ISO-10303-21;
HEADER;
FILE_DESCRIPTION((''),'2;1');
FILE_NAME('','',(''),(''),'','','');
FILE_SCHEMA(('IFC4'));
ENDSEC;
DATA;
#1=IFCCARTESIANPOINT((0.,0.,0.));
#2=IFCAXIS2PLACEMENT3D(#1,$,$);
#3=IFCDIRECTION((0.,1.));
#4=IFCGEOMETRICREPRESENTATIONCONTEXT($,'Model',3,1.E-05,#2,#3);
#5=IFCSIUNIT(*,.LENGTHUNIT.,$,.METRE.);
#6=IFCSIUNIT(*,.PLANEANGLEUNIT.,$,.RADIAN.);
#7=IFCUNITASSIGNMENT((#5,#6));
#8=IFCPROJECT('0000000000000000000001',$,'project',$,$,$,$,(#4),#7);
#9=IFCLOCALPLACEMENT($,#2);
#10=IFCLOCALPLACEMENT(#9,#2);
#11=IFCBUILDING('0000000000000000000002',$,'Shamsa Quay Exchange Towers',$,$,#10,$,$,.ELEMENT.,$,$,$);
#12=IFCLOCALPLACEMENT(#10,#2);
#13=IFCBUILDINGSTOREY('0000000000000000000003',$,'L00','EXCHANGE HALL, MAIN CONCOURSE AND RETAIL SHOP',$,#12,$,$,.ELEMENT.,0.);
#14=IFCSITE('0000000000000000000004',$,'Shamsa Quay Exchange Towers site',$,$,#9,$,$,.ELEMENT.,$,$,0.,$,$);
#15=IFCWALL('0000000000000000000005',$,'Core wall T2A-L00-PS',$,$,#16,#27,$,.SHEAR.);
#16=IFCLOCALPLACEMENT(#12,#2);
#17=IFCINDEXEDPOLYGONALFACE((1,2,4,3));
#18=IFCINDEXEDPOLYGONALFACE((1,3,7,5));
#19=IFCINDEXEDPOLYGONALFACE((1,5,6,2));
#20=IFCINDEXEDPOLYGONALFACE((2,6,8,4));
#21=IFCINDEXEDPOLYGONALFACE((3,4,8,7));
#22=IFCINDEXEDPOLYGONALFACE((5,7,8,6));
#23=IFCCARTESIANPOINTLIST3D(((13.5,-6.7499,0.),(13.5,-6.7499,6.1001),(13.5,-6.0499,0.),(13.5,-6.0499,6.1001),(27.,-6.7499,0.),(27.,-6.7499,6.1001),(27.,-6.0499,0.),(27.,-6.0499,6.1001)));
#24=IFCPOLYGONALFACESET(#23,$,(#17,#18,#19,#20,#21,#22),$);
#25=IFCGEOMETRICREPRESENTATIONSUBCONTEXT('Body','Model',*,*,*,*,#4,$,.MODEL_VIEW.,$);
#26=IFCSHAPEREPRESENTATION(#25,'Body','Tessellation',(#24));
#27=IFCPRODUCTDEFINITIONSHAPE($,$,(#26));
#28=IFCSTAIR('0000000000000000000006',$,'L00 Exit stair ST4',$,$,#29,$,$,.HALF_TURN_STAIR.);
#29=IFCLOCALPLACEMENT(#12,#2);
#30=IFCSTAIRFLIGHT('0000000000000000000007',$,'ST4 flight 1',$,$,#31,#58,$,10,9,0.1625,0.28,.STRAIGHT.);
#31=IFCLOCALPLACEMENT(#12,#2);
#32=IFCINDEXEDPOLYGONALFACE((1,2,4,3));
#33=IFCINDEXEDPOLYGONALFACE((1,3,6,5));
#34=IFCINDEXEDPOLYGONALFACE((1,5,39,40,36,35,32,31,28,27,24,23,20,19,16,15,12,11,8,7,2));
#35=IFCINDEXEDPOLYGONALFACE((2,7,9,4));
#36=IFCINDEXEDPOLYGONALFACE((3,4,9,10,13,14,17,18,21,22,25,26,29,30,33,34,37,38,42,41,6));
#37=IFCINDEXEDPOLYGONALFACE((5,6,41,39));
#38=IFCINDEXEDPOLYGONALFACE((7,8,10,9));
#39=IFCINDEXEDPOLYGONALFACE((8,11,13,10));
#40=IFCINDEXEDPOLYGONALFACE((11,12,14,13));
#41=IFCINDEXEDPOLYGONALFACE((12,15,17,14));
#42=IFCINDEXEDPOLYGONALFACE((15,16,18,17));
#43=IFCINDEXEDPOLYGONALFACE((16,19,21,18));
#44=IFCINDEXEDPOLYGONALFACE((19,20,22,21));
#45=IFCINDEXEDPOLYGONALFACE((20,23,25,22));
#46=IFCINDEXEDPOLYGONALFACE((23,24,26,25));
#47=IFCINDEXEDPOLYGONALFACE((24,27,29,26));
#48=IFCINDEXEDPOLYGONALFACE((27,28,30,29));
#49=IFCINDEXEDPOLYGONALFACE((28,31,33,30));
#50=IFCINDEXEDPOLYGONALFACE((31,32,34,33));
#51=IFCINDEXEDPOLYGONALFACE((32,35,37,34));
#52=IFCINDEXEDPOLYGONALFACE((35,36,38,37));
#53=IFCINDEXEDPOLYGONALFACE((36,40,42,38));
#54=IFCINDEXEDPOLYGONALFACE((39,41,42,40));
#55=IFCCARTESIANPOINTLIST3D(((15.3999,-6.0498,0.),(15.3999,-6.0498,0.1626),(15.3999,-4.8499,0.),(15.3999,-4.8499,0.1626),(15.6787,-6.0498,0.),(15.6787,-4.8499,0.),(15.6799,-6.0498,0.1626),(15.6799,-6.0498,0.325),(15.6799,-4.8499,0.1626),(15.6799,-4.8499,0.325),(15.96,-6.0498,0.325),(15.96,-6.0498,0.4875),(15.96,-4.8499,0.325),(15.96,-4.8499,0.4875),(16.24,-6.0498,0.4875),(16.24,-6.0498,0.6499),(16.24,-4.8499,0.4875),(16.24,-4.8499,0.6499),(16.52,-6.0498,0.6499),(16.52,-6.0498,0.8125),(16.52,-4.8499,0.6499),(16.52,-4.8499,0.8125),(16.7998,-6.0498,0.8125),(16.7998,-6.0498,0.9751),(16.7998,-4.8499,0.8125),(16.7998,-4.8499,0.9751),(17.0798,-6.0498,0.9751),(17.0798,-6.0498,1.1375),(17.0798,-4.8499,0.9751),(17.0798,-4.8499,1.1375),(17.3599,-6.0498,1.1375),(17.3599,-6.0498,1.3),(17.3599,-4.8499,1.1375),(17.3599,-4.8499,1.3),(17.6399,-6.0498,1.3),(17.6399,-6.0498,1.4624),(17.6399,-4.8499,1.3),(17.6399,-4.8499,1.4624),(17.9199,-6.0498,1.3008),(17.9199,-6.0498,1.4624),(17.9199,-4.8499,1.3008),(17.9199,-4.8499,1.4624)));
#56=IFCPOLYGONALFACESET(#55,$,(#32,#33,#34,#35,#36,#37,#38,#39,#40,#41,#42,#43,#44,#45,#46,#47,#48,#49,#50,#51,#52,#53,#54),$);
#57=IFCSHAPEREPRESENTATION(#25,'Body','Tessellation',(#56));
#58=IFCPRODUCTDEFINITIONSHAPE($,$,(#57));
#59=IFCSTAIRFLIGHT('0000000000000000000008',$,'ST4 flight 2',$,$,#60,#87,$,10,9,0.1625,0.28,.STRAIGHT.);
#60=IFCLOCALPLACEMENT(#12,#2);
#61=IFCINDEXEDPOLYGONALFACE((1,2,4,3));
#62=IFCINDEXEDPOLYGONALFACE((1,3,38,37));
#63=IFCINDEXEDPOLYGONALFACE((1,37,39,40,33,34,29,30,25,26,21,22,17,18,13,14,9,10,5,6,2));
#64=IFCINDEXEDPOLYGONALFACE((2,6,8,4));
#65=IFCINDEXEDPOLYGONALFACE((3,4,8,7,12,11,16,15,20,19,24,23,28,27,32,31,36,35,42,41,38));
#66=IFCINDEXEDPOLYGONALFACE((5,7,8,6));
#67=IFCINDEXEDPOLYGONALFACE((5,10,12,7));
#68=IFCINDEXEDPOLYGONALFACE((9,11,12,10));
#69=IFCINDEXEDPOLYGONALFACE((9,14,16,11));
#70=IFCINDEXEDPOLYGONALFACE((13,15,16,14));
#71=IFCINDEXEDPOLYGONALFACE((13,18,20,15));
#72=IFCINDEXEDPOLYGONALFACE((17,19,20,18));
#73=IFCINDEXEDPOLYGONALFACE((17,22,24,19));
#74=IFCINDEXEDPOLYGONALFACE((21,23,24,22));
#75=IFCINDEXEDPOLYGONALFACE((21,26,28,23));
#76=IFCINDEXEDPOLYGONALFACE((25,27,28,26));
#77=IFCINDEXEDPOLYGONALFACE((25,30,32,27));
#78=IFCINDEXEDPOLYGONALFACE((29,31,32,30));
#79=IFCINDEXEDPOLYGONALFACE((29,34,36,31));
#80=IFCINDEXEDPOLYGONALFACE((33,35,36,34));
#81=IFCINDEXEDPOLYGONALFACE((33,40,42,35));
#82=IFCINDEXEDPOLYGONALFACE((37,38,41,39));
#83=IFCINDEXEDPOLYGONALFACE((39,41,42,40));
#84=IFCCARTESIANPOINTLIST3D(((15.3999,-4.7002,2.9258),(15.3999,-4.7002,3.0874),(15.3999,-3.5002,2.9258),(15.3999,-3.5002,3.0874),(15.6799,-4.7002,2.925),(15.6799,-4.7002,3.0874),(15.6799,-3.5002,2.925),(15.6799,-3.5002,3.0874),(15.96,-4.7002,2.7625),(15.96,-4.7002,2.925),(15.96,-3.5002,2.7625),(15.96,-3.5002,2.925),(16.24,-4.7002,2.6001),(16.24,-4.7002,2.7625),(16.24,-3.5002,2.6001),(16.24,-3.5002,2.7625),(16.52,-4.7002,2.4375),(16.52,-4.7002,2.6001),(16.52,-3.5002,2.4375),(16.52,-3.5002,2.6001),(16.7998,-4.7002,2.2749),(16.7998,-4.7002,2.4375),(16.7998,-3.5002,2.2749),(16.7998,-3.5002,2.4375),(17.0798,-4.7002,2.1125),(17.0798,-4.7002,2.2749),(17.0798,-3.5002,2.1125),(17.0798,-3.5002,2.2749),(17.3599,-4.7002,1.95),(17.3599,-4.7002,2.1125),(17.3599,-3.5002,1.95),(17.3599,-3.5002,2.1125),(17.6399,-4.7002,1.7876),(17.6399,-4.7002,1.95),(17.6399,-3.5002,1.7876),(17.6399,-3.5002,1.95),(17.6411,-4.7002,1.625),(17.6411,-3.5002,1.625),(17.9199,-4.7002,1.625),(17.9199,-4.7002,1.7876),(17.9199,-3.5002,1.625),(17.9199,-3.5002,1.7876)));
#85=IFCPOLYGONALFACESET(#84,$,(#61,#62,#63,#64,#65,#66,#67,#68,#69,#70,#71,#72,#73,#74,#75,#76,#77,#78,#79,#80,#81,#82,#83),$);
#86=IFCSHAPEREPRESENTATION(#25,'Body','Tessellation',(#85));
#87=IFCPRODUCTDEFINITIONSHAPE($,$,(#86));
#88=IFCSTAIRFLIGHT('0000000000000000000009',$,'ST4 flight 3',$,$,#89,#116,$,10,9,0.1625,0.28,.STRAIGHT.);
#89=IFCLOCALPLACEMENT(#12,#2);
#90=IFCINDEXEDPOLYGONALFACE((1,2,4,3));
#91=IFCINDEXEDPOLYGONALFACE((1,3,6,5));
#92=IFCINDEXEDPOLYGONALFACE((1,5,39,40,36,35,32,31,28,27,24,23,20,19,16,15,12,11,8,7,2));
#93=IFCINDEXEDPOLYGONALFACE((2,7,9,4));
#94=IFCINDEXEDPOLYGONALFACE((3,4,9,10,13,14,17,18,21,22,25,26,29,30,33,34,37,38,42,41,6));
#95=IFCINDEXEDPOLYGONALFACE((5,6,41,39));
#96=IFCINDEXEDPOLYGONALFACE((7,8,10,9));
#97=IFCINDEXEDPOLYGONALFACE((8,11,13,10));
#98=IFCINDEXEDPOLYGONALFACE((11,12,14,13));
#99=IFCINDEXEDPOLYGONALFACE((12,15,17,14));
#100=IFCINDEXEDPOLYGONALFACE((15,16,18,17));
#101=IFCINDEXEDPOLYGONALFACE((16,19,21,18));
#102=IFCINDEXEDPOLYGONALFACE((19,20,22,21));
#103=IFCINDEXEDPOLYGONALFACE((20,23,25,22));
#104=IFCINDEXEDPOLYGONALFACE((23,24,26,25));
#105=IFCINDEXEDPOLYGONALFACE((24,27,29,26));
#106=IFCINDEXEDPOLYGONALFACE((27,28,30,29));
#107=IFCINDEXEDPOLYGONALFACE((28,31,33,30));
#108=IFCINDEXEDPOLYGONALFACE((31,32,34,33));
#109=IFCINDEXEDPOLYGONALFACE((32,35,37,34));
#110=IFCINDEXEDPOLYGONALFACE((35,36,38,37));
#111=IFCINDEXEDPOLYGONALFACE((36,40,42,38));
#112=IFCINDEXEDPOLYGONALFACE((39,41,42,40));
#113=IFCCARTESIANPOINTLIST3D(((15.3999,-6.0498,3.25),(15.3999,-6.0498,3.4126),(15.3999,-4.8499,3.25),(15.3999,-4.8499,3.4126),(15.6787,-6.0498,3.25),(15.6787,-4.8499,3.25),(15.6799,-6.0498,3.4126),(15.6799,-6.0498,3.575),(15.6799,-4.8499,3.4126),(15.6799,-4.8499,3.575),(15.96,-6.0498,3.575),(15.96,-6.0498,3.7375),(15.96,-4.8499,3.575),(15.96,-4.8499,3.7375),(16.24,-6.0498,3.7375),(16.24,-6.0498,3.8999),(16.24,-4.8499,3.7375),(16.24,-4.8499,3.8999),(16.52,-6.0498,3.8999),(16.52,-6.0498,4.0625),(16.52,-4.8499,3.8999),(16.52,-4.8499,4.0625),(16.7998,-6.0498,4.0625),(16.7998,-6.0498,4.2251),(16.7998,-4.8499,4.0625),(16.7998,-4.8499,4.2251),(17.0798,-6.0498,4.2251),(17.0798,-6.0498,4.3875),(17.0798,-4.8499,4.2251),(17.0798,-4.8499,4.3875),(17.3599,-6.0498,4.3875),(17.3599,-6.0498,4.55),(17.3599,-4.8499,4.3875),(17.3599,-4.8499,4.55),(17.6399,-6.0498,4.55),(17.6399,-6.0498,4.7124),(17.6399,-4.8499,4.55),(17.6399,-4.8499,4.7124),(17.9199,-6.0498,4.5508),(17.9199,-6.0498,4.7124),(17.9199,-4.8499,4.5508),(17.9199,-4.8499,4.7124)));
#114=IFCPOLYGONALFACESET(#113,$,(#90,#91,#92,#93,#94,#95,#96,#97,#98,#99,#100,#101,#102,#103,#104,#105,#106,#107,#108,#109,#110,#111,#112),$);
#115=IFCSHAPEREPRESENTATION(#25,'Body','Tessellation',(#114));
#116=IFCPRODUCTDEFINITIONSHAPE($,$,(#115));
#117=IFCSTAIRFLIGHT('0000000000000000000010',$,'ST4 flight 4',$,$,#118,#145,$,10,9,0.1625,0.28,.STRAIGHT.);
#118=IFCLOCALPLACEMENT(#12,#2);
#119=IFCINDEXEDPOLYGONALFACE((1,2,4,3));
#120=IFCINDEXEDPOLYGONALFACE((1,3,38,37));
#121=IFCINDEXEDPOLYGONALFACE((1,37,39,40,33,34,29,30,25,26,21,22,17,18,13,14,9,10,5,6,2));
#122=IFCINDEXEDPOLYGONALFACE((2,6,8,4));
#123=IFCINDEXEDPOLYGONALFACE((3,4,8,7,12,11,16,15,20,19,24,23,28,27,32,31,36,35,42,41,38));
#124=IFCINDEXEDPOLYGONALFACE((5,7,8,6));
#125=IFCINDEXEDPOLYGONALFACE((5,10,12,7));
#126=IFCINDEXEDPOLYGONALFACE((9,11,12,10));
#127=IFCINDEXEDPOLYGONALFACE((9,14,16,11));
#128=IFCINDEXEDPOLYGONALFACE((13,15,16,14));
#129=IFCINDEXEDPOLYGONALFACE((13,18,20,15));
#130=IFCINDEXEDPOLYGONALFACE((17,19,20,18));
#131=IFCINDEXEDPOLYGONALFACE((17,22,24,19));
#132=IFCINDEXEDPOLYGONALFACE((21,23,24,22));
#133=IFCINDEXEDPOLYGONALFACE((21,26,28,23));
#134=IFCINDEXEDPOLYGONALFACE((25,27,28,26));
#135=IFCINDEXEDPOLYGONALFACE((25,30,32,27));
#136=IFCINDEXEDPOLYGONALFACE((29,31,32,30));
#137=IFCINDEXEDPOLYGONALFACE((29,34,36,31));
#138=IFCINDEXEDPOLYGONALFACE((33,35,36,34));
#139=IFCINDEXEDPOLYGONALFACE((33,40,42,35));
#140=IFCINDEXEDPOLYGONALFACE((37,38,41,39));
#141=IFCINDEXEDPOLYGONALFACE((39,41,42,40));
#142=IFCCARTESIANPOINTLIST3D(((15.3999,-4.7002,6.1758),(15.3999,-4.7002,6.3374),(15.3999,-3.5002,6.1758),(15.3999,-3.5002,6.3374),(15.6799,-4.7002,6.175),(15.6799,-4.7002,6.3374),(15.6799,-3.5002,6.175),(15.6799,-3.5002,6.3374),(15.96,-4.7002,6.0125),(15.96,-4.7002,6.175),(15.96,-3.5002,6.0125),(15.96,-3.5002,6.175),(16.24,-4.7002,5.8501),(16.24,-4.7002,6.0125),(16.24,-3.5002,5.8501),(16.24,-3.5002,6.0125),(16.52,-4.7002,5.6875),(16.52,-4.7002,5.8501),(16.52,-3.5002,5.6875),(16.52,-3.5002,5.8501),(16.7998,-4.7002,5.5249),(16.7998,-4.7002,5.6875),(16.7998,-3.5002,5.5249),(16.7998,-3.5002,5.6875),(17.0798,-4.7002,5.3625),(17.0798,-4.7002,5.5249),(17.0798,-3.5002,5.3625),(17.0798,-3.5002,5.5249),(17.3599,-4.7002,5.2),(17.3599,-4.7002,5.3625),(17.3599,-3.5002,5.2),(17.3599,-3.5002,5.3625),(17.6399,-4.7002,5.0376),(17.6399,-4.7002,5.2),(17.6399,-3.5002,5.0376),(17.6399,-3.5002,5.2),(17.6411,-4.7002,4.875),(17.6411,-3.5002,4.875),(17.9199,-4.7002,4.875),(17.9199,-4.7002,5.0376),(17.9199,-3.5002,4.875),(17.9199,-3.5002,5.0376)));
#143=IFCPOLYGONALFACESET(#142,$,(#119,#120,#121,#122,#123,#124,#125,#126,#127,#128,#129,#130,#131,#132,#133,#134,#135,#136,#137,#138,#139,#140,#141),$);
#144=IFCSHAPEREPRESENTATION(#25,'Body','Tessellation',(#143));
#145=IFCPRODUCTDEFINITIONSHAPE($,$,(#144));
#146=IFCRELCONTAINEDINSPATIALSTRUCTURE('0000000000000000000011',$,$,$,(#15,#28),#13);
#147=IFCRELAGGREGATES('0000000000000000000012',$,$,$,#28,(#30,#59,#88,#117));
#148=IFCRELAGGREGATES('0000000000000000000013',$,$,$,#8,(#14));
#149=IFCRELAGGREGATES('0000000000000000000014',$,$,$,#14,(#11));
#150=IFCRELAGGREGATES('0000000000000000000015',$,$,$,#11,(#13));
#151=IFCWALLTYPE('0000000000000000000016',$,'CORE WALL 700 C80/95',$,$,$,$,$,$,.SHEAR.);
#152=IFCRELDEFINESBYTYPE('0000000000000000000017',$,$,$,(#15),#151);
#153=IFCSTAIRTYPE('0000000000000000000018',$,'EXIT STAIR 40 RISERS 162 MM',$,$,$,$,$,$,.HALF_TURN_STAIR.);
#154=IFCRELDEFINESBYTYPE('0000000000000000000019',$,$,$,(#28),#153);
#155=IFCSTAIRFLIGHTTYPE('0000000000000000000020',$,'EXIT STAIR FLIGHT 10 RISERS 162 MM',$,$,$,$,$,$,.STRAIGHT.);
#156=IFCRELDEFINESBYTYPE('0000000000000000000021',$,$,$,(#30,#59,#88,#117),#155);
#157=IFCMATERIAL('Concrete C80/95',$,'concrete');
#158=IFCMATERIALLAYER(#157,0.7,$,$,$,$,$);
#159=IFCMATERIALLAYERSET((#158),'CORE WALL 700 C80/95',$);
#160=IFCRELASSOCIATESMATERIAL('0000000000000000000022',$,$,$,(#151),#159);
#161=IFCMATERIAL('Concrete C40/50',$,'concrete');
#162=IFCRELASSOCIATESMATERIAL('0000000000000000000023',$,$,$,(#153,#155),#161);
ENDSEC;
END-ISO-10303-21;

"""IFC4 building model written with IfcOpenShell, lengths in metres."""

from ifc_helpers import new_model, si_unit, direction, frame, frame_2d, origin, place, context, subcontext, project, spatial, polyline, rectangle, outline, extrude, material, layer, layer_set, type_object, element, aggregate, save


model = new_model("IFC4")

# Units and contexts
model_context = context("Model", 3, precision=1e-05, world=origin(), true_north=direction((0.0, 1.0)))
body_context = subcontext(model_context, "Body", "Model", "MODEL_VIEW")
ifc_project = project(units=[si_unit("LENGTHUNIT", "METRE"), si_unit("PLANEANGLEUNIT", "RADIAN")], contexts=[model_context])

# Site, building, storey
site_placement = place(None, origin())
site = spatial("IfcSite", under=ifc_project, at=site_placement, Name="Shamsa Quay Exchange Towers site", CompositionType="ELEMENT", RefElevation=0.0)
building_placement = place(site_placement, origin())
building = spatial("IfcBuilding", under=site, at=building_placement, Name="Shamsa Quay Exchange Towers", CompositionType="ELEMENT")
storey_placement = place(building_placement, origin())
storey = spatial("IfcBuildingStorey", under=building, at=storey_placement, Name="L00", Description="EXCHANGE HALL, MAIN CONCOURSE AND RETAIL SHOP", CompositionType="ELEMENT", Elevation=0.0)

# Shared definitions
ifc_material_1 = material(Name="Concrete C40/50", Category="concrete")

# Wall
ifc_material_2 = material(Name="Concrete C80/95", Category="concrete")
ifc_layer = layer(ifc_material_2, 0.7)
ifc_layer_set = layer_set([ifc_layer], Name="CORE WALL 700 C80/95")
wall_type = type_object("IfcWallType", Name="CORE WALL 700 C80/95", PredefinedType="SHEAR", material=ifc_layer_set)
wall_1_placement = place(storey_placement, frame((13.5, -6.3999, 0.0)))
element("IfcWall", 1, at=wall_1_placement, inside=storey, type_object=wall_type, Name="Core wall T2A-L00-PS", PredefinedType="SHEAR", context=body_context, shape_type="SweptSolid", body=[
    extrude(rectangle(XDim=13.5, YDim=0.7, at=frame_2d((6.75, 0.0))), origin(), (0.0, 0.0, 1.0), 6.1001),
])

# Stair, stair flights
stair_type = type_object("IfcStairType", Name="EXIT STAIR 40 RISERS 162 MM", PredefinedType="HALF_TURN_STAIR", material=ifc_material_1)
stair_placement = place(storey_placement, origin())
stair = element("IfcStair", 2, at=stair_placement, inside=storey, type_object=stair_type, Name="L00 Exit stair ST4", PredefinedType="HALF_TURN_STAIR")
stair_flight_type = type_object("IfcStairFlightType", Name="EXIT STAIR FLIGHT 10 RISERS 162 MM", PredefinedType="STRAIGHT", material=ifc_material_1)
stair_flight_1_placement = place(storey_placement, frame((15.3999, -5.45, 0.0)))
stair_flight_1 = element("IfcStairFlight", 3, at=stair_flight_1_placement, type_object=stair_flight_type, Name="ST4 flight 1", NumberOfRisers=10, NumberOfTreads=9, PredefinedType="STRAIGHT", RiserHeight=0.1625, TreadLength=0.28, context=body_context, shape_type="SweptSolid", body=[
    extrude(outline(polyline([(0.0, 0.0), (0.0, 0.1626), (0.28, 0.1626), (0.28, 0.325), (0.5601, 0.325), (0.5601, 0.4875), (0.8401, 0.4875), (0.8401, 0.6499), (1.1201, 0.6499), (1.1201, 0.8125), (1.3999, 0.8125), (1.3999, 0.9751), (1.6799, 0.9751), (1.6799, 1.1375), (1.96, 1.1375), (1.96, 1.3), (2.24, 1.3), (2.24, 1.4624), (2.52, 1.4624), (2.52, 1.625), (2.52, 1.3008), (0.2788, 0.0), (0.0, 0.0)])), frame((0.0, 0.6001, 0.0), z_axis=(0.0, -1.0, 0.0), x_axis=(1.0, 0.0, 0.0)), (0.0, 0.0, 1.0), 1.2),
])
stair_flight_2_placement = place(storey_placement, frame((17.9199, -4.1001, 1.625), z_axis=(0.0, 0.0, 1.0), x_axis=(-1.0, 0.0, 0.0)))
stair_flight_2 = element("IfcStairFlight", 4, at=stair_flight_2_placement, type_object=stair_flight_type, Name="ST4 flight 2", NumberOfRisers=10, NumberOfTreads=9, PredefinedType="STRAIGHT", RiserHeight=0.1625, TreadLength=0.28, context=body_context, shape_type="SweptSolid", body=[
    extrude(outline(polyline([(0.0, 0.0), (0.0, 0.1626), (0.28, 0.1626), (0.28, 0.325), (0.5601, 0.325), (0.5601, 0.4875), (0.8401, 0.4875), (0.8401, 0.6499), (1.1201, 0.6499), (1.1201, 0.8125), (1.3999, 0.8125), (1.3999, 0.9751), (1.6799, 0.9751), (1.6799, 1.1375), (1.96, 1.1375), (1.96, 1.3), (2.24, 1.3), (2.24, 1.4624), (2.52, 1.4624), (2.52, 1.625), (2.52, 1.3008), (0.2788, 0.0), (0.0, 0.0)])), frame((0.0, 0.6001, 0.0), z_axis=(0.0, -1.0, 0.0), x_axis=(1.0, 0.0, 0.0)), (0.0, 0.0, 1.0), 1.2),
])
stair_flight_3_placement = place(storey_placement, frame((15.3999, -5.45, 3.25)))
stair_flight_3 = element("IfcStairFlight", 5, at=stair_flight_3_placement, type_object=stair_flight_type, Name="ST4 flight 3", NumberOfRisers=10, NumberOfTreads=9, PredefinedType="STRAIGHT", RiserHeight=0.1625, TreadLength=0.28, context=body_context, shape_type="SweptSolid", body=[
    extrude(outline(polyline([(0.0, 0.0), (0.0, 0.1626), (0.28, 0.1626), (0.28, 0.325), (0.5601, 0.325), (0.5601, 0.4875), (0.8401, 0.4875), (0.8401, 0.6499), (1.1201, 0.6499), (1.1201, 0.8125), (1.3999, 0.8125), (1.3999, 0.9751), (1.6799, 0.9751), (1.6799, 1.1375), (1.96, 1.1375), (1.96, 1.3), (2.24, 1.3), (2.24, 1.4624), (2.52, 1.4624), (2.52, 1.625), (2.52, 1.3008), (0.2788, 0.0), (0.0, 0.0)])), frame((0.0, 0.6001, 0.0), z_axis=(0.0, -1.0, 0.0), x_axis=(1.0, 0.0, 0.0)), (0.0, 0.0, 1.0), 1.2),
])
stair_flight_4_placement = place(storey_placement, frame((17.9199, -4.1001, 4.875), z_axis=(0.0, 0.0, 1.0), x_axis=(-1.0, 0.0, 0.0)))
stair_flight_4 = element("IfcStairFlight", 6, at=stair_flight_4_placement, type_object=stair_flight_type, Name="ST4 flight 4", NumberOfRisers=10, NumberOfTreads=9, PredefinedType="STRAIGHT", RiserHeight=0.1625, TreadLength=0.28, context=body_context, shape_type="SweptSolid", body=[
    extrude(outline(polyline([(0.0, 0.0), (0.0, 0.1626), (0.28, 0.1626), (0.28, 0.325), (0.5601, 0.325), (0.5601, 0.4875), (0.8401, 0.4875), (0.8401, 0.6499), (1.1201, 0.6499), (1.1201, 0.8125), (1.3999, 0.8125), (1.3999, 0.9751), (1.6799, 0.9751), (1.6799, 1.1375), (1.96, 1.1375), (1.96, 1.3), (2.24, 1.3), (2.24, 1.4624), (2.52, 1.4624), (2.52, 1.625), (2.52, 1.3008), (0.2788, 0.0), (0.0, 0.0)])), frame((0.0, 0.6001, 0.0), z_axis=(0.0, -1.0, 0.0), x_axis=(1.0, 0.0, 0.0)), (0.0, 0.0, 1.0), 1.2),
])
aggregate(stair, [stair_flight_1, stair_flight_2, stair_flight_3, stair_flight_4])

save(model, "model.ifc")
